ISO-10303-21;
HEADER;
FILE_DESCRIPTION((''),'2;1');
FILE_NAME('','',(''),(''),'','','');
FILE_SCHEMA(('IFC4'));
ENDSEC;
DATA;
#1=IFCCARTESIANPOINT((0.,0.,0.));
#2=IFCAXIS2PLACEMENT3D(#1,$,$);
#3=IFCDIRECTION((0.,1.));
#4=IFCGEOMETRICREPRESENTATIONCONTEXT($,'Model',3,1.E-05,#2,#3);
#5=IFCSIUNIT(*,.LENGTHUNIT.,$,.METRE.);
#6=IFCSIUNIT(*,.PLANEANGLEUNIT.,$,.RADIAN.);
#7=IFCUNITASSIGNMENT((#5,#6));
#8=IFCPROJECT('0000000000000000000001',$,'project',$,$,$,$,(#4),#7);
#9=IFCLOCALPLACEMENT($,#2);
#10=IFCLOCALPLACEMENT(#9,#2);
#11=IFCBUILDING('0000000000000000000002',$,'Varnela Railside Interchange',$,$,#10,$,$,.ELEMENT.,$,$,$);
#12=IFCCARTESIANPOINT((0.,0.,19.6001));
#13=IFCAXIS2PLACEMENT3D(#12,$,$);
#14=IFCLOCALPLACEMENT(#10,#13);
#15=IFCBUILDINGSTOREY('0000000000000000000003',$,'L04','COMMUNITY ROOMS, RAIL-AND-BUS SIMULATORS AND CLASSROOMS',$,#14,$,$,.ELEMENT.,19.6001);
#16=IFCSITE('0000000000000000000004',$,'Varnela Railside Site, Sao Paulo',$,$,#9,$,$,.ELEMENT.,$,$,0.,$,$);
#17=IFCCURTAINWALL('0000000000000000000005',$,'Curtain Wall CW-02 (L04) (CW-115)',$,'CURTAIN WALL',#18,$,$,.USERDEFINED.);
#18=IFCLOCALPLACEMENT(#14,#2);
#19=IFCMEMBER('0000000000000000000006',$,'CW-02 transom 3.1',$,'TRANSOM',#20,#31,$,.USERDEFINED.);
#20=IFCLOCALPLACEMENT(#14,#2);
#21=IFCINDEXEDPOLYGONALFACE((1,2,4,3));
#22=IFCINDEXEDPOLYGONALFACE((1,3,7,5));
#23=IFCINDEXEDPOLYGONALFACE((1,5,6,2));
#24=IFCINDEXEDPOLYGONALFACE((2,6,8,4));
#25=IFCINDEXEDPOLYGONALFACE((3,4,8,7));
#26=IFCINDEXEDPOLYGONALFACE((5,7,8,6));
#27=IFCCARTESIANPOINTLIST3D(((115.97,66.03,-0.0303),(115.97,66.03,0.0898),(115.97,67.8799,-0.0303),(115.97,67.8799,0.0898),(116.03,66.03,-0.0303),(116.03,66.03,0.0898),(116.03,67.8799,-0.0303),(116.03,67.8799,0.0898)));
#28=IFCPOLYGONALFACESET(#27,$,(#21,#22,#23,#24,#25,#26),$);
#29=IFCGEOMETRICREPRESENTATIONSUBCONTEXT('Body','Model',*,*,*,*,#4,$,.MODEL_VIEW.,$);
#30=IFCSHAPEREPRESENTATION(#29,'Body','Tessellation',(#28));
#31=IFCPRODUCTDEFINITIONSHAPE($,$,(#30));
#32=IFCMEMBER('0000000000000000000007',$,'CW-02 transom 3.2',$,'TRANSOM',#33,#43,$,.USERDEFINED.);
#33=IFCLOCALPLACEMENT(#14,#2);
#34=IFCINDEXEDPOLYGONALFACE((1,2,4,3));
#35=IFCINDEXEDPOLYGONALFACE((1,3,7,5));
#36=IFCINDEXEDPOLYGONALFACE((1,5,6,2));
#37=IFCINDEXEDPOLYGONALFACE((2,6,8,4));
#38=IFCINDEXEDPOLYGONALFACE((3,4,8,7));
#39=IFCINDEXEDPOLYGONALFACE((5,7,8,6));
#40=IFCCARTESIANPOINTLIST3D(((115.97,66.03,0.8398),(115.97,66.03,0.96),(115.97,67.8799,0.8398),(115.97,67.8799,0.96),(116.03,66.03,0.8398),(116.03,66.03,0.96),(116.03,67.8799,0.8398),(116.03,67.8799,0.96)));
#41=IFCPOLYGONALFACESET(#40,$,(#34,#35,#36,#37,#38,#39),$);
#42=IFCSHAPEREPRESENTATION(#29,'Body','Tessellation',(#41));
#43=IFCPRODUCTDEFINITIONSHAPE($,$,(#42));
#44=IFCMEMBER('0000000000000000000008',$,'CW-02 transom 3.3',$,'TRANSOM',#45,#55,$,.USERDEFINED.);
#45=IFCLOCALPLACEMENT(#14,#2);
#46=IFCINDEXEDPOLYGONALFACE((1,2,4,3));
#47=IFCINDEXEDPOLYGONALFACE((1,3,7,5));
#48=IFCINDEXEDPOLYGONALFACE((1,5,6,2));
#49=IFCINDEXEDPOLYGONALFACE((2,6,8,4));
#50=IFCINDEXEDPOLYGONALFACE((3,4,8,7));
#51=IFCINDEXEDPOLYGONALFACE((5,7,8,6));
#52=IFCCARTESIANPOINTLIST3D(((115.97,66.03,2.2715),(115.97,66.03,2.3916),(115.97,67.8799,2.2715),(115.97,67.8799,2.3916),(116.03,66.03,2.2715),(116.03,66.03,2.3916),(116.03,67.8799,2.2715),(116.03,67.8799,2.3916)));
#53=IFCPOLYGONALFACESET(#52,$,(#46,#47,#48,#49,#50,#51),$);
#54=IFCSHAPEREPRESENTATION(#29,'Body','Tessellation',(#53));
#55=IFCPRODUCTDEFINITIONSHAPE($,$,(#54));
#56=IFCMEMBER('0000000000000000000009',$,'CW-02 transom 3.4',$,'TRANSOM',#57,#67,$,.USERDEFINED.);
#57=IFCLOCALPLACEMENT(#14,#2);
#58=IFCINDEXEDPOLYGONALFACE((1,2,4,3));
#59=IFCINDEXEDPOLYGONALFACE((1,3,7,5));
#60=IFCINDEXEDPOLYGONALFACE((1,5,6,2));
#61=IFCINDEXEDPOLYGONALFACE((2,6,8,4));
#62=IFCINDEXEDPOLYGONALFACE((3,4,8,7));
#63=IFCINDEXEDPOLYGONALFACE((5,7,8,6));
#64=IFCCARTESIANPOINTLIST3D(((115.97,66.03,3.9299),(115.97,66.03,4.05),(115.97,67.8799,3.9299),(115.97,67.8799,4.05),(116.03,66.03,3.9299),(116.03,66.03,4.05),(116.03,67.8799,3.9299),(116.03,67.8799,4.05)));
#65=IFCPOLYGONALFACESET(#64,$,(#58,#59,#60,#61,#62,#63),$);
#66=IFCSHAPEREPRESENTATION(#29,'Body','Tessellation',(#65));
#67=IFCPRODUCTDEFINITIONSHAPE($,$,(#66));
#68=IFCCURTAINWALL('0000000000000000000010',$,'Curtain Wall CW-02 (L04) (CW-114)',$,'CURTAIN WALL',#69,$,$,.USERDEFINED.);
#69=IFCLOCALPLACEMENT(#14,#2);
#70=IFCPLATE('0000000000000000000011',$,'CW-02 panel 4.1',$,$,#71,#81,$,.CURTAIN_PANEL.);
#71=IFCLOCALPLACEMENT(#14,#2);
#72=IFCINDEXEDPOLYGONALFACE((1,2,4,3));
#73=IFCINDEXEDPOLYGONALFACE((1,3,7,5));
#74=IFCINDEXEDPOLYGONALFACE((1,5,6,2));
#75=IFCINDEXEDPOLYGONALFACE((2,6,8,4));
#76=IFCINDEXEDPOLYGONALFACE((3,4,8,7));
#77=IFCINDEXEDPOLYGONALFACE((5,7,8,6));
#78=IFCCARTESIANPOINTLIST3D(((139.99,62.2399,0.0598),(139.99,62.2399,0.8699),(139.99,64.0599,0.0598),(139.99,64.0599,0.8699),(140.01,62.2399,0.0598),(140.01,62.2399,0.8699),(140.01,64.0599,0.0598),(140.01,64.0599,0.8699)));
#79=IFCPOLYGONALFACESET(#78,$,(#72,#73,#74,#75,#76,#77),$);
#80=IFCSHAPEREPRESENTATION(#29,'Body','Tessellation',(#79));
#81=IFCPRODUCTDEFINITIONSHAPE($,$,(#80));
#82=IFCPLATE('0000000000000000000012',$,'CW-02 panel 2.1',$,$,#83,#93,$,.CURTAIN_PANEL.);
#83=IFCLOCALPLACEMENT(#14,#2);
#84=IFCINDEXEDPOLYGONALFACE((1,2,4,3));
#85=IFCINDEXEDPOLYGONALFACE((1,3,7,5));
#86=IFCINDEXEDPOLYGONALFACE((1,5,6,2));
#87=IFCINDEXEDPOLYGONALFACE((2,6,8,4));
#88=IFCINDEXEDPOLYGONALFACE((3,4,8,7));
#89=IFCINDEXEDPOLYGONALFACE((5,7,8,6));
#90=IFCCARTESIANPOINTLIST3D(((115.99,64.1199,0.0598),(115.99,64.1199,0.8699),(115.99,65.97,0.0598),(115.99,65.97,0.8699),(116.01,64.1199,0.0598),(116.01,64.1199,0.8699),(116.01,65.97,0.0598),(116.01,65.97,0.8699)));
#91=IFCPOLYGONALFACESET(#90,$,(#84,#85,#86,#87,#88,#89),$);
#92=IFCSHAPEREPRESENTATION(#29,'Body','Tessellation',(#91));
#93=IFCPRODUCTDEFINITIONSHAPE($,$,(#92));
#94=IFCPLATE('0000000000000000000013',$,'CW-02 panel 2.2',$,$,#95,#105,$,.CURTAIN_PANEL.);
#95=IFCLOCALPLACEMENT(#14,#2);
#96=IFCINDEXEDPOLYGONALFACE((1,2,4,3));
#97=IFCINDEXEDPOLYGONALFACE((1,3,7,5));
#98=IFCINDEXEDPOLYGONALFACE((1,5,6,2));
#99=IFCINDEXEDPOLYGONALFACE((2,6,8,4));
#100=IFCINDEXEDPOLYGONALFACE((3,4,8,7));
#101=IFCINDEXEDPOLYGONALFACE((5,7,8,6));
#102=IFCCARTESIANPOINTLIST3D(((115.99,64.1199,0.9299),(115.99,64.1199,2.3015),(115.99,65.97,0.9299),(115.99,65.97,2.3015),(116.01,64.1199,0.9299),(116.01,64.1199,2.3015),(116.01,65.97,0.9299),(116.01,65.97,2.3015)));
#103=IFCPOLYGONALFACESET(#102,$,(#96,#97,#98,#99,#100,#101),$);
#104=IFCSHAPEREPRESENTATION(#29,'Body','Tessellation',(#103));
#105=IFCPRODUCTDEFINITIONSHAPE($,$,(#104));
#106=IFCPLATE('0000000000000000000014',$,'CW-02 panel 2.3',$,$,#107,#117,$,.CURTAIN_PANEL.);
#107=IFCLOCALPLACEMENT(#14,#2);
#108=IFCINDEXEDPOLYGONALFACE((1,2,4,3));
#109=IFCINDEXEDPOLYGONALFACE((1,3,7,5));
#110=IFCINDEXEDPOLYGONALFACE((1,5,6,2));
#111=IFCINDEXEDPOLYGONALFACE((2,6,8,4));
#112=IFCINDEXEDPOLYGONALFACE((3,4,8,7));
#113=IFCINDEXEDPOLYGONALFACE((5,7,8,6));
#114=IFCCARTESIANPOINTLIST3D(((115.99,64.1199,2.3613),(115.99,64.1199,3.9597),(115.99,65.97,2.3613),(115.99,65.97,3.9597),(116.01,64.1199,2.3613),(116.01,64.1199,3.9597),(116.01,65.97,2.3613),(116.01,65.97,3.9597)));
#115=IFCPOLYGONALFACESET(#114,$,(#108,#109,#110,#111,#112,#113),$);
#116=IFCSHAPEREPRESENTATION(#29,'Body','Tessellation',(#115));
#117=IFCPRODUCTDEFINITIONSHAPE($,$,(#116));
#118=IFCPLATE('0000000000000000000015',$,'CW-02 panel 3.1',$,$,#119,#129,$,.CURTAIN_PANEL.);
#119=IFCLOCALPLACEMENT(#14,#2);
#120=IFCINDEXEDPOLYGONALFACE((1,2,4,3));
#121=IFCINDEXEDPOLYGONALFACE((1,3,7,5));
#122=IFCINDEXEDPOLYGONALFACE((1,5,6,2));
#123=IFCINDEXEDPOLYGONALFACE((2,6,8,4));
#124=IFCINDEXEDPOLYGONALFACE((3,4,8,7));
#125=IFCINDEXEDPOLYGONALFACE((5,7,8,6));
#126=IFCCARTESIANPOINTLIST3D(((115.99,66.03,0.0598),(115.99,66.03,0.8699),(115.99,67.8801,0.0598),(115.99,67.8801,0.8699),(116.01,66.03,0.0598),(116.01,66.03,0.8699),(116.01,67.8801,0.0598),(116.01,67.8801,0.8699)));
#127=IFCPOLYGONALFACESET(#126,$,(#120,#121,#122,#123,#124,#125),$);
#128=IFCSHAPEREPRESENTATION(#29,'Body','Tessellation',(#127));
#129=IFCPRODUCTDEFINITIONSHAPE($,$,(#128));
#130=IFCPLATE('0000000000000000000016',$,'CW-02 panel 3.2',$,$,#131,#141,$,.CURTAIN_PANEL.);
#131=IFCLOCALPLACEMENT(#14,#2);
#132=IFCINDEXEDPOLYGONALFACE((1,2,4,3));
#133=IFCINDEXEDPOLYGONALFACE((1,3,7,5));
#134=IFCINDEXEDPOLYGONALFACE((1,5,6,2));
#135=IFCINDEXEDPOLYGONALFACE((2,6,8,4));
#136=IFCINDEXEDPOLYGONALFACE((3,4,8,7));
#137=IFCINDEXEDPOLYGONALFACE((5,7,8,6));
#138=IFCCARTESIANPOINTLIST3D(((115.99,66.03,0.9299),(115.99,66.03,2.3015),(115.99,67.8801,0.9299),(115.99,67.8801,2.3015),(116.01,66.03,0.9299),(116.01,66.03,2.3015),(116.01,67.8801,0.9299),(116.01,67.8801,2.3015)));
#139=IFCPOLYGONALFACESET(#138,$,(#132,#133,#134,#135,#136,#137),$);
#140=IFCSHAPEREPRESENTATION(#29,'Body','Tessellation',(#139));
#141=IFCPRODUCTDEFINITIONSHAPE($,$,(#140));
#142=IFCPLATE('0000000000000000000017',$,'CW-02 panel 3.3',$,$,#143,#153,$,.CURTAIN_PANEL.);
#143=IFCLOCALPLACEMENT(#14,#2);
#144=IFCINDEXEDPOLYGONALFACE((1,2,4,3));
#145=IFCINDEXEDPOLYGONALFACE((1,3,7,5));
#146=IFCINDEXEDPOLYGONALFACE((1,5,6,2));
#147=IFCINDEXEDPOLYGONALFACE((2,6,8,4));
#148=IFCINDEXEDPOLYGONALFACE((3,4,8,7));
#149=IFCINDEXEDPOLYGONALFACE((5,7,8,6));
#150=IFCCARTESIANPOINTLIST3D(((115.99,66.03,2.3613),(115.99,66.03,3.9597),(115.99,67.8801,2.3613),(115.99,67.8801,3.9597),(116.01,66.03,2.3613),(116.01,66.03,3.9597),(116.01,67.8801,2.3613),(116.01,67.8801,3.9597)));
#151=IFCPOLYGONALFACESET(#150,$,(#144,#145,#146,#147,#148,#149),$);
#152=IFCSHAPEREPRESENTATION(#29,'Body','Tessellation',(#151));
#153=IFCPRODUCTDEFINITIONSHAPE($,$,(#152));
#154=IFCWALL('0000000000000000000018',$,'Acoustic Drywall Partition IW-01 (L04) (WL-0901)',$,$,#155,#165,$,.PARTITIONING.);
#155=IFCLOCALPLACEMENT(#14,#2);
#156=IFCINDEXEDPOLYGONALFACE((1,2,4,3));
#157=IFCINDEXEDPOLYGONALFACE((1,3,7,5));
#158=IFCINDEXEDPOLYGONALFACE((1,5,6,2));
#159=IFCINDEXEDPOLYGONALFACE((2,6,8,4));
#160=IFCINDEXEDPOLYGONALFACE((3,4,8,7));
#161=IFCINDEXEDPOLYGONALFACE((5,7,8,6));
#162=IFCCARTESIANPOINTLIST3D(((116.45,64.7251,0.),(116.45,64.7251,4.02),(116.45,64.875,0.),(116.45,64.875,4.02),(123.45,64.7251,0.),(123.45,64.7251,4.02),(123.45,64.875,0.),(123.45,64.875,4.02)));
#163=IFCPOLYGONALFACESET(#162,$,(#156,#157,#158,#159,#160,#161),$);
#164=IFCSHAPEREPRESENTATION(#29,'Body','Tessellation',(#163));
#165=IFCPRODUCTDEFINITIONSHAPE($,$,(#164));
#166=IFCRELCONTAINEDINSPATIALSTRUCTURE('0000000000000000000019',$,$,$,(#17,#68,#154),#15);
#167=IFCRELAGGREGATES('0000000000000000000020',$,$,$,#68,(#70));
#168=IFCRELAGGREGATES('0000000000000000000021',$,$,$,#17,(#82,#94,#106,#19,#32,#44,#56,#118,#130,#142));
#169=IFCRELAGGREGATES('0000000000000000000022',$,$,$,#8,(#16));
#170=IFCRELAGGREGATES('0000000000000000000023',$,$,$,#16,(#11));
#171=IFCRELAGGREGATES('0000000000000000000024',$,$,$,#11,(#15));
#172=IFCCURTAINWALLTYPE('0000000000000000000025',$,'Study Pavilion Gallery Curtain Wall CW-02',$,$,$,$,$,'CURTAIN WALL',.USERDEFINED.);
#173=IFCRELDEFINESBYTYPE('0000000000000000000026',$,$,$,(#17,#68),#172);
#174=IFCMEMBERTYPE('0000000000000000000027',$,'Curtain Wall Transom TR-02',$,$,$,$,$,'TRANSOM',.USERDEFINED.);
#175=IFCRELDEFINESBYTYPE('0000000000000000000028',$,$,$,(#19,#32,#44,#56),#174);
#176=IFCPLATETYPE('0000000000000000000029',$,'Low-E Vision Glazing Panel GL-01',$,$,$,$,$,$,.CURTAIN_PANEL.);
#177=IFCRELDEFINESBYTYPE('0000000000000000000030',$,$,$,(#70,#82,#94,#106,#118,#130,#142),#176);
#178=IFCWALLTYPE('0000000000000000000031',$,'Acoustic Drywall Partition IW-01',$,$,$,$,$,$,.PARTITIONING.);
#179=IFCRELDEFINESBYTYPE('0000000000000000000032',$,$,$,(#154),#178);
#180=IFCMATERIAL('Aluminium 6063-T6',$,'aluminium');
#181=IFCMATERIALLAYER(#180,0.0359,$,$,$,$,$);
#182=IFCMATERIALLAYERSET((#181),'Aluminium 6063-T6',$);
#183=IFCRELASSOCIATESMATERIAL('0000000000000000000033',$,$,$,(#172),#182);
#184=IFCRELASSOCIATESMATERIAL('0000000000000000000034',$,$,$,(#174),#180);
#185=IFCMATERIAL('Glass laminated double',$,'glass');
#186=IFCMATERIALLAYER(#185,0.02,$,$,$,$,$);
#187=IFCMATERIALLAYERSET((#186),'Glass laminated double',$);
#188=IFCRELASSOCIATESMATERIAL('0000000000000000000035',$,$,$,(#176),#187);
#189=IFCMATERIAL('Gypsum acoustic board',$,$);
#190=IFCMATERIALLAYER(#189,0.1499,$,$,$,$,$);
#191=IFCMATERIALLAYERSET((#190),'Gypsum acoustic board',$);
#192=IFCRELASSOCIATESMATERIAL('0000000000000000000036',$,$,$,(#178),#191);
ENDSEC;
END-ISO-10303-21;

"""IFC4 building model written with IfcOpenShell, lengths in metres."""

from ifc_helpers import new_model, si_unit, direction, frame, frame_2d, origin, origin_2d, place, context, subcontext, project, spatial, rectangle, extrude, material, layer, layer_set, material_profile, profile_set, type_object, element, aggregate, save


model = new_model("IFC4")

# Units and contexts
model_context = context("Model", 3, precision=1e-05, world=origin(), true_north=direction((0.0, 1.0)))
body_context = subcontext(model_context, "Body", "Model", "MODEL_VIEW")
ifc_project = project(units=[si_unit("LENGTHUNIT", "METRE"), si_unit("PLANEANGLEUNIT", "RADIAN")], contexts=[model_context])

# Site, building, storey
site_placement = place(None, origin())
site = spatial("IfcSite", under=ifc_project, at=site_placement, Name="Varnela Railside Site, Sao Paulo", CompositionType="ELEMENT", RefElevation=0.0)
building_placement = place(site_placement, origin())
building = spatial("IfcBuilding", under=site, at=building_placement, Name="Varnela Railside Interchange", CompositionType="ELEMENT")
storey_placement = place(building_placement, frame((0.0, 0.0, 19.6001)))
storey = spatial("IfcBuildingStorey", under=building, at=storey_placement, Name="L04", Description="COMMUNITY ROOMS, RAIL-AND-BUS SIMULATORS AND CLASSROOMS", CompositionType="ELEMENT", Elevation=19.6001)

# Curtain wall, members
ifc_material_1 = material(Name="Aluminium 6063-T6", Category="aluminium")
ifc_layer_1 = layer(ifc_material_1, 0.0359)
ifc_layer_set_1 = layer_set([ifc_layer_1], Name="Aluminium 6063-T6")
curtain_wall_type = type_object("IfcCurtainWallType", Name="Study Pavilion Gallery Curtain Wall CW-02", ElementType="CURTAIN WALL", PredefinedType="USERDEFINED", material=ifc_layer_set_1)
curtain_wall_1_placement = place(storey_placement, origin())
curtain_wall_1 = element("IfcCurtainWall", 1, at=curtain_wall_1_placement, inside=storey, type_object=curtain_wall_type, Name="Curtain Wall CW-02 (L04) (CW-115)", ObjectType="CURTAIN WALL", PredefinedType="USERDEFINED")
ifc_material_profile = material_profile(ifc_material_1, rectangle(XDim=0.0601, YDim=0.1201, at=origin_2d()), Name="ALU 60x120")
ifc_profile_set = profile_set([ifc_material_profile], Name="Aluminium 6063-T6")
member_type = type_object("IfcMemberType", Name="Curtain Wall Transom TR-02", ElementType="TRANSOM", PredefinedType="USERDEFINED", material=ifc_profile_set)
member_1_placement = place(storey_placement, frame((116.0, 66.03, 0.0298), z_axis=(0.0, 1.0, 0.0), x_axis=(-1.0, 0.0, 0.0)))
member_1 = element("IfcMember", 2, at=member_1_placement, type_object=member_type, Name="CW-02 transom 3.1", ObjectType="TRANSOM", PredefinedType="USERDEFINED", context=body_context, shape_type="SweptSolid", body=[
    extrude(rectangle(XDim=0.0601, YDim=0.1201, at=origin_2d()), origin(), (0.0, 0.0, 1.0), 1.8499),
])
member_2_placement = place(storey_placement, frame((116.0, 66.03, 0.8999), z_axis=(0.0, 1.0, 0.0), x_axis=(-1.0, 0.0, 0.0)))
member_2 = element("IfcMember", 3, at=member_2_placement, type_object=member_type, Name="CW-02 transom 3.2", ObjectType="TRANSOM", PredefinedType="USERDEFINED", context=body_context, shape_type="SweptSolid", body=[
    extrude(rectangle(XDim=0.0601, YDim=0.1201, at=origin_2d()), origin(), (0.0, 0.0, 1.0), 1.8499),
])
member_3_placement = place(storey_placement, frame((116.0, 66.03, 2.3315), z_axis=(0.0, 1.0, 0.0), x_axis=(-1.0, 0.0, 0.0)))
member_3 = element("IfcMember", 4, at=member_3_placement, type_object=member_type, Name="CW-02 transom 3.3", ObjectType="TRANSOM", PredefinedType="USERDEFINED", context=body_context, shape_type="SweptSolid", body=[
    extrude(rectangle(XDim=0.0601, YDim=0.1201, at=origin_2d()), origin(), (0.0, 0.0, 1.0), 1.8499),
])
member_4_placement = place(storey_placement, frame((116.0, 66.03, 3.99), z_axis=(0.0, 1.0, 0.0), x_axis=(-1.0, 0.0, 0.0)))
member_4 = element("IfcMember", 5, at=member_4_placement, type_object=member_type, Name="CW-02 transom 3.4", ObjectType="TRANSOM", PredefinedType="USERDEFINED", context=body_context, shape_type="SweptSolid", body=[
    extrude(rectangle(XDim=0.0601, YDim=0.1201, at=origin_2d()), origin(), (0.0, 0.0, 1.0), 1.8499),
])

# Curtain wall, plate
curtain_wall_2_placement = place(storey_placement, origin())
curtain_wall_2 = element("IfcCurtainWall", 6, at=curtain_wall_2_placement, inside=storey, type_object=curtain_wall_type, Name="Curtain Wall CW-02 (L04) (CW-114)", ObjectType="CURTAIN WALL", PredefinedType="USERDEFINED")
ifc_material_2 = material(Name="Glass laminated double", Category="glass")
ifc_layer_2 = layer(ifc_material_2, 0.02)
ifc_layer_set_2 = layer_set([ifc_layer_2], Name="Glass laminated double")
plate_type = type_object("IfcPlateType", Name="Low-E Vision Glazing Panel GL-01", PredefinedType="CURTAIN_PANEL", material=ifc_layer_set_2)
plate_1_placement = place(storey_placement, frame((140.0, 63.1499, 0.0598), z_axis=(0.0, 0.0, 1.0), x_axis=(0.0, -1.0, 0.0)))
plate_1 = element("IfcPlate", 7, at=plate_1_placement, type_object=plate_type, Name="CW-02 panel 4.1", PredefinedType="CURTAIN_PANEL", context=body_context, shape_type="SweptSolid", body=[
    extrude(rectangle(XDim=1.8201, YDim=0.02, at=origin_2d()), origin(), (0.0, 0.0, 1.0), 0.8101),
])
aggregate(curtain_wall_2, [plate_1])

# Plates
plate_2_placement = place(storey_placement, frame((116.0, 65.0449, 0.0598), z_axis=(0.0, 0.0, 1.0), x_axis=(0.0, 1.0, 0.0)))
plate_2 = element("IfcPlate", 8, at=plate_2_placement, type_object=plate_type, Name="CW-02 panel 2.1", PredefinedType="CURTAIN_PANEL", context=body_context, shape_type="SweptSolid", body=[
    extrude(rectangle(XDim=1.8501, YDim=0.02, at=origin_2d()), origin(), (0.0, 0.0, 1.0), 0.8101),
])
plate_3_placement = place(storey_placement, frame((116.0, 65.0449, 0.9299), z_axis=(0.0, 0.0, 1.0), x_axis=(0.0, 1.0, 0.0)))
plate_3 = element("IfcPlate", 9, at=plate_3_placement, type_object=plate_type, Name="CW-02 panel 2.2", PredefinedType="CURTAIN_PANEL", context=body_context, shape_type="SweptSolid", body=[
    extrude(rectangle(XDim=1.8501, YDim=0.02, at=origin_2d()), origin(), (0.0, 0.0, 1.0), 1.3716),
])
plate_4_placement = place(storey_placement, frame((116.0, 65.0449, 2.3613), z_axis=(0.0, 0.0, 1.0), x_axis=(0.0, 1.0, 0.0)))
plate_4 = element("IfcPlate", 10, at=plate_4_placement, type_object=plate_type, Name="CW-02 panel 2.3", PredefinedType="CURTAIN_PANEL", context=body_context, shape_type="SweptSolid", body=[
    extrude(rectangle(XDim=1.8501, YDim=0.02, at=origin_2d()), origin(), (0.0, 0.0, 1.0), 1.5984),
])
plate_5_placement = place(storey_placement, frame((116.0, 66.9551, 0.0598), z_axis=(0.0, 0.0, 1.0), x_axis=(0.0, 1.0, 0.0)))
plate_5 = element("IfcPlate", 11, at=plate_5_placement, type_object=plate_type, Name="CW-02 panel 3.1", PredefinedType="CURTAIN_PANEL", context=body_context, shape_type="SweptSolid", body=[
    extrude(rectangle(XDim=1.8501, YDim=0.02, at=origin_2d()), origin(), (0.0, 0.0, 1.0), 0.8101),
])
plate_6_placement = place(storey_placement, frame((116.0, 66.9551, 0.9299), z_axis=(0.0, 0.0, 1.0), x_axis=(0.0, 1.0, 0.0)))
plate_6 = element("IfcPlate", 12, at=plate_6_placement, type_object=plate_type, Name="CW-02 panel 3.2", PredefinedType="CURTAIN_PANEL", context=body_context, shape_type="SweptSolid", body=[
    extrude(rectangle(XDim=1.8501, YDim=0.02, at=origin_2d()), origin(), (0.0, 0.0, 1.0), 1.3716),
])
plate_7_placement = place(storey_placement, frame((116.0, 66.9551, 2.3613), z_axis=(0.0, 0.0, 1.0), x_axis=(0.0, 1.0, 0.0)))
plate_7 = element("IfcPlate", 13, at=plate_7_placement, type_object=plate_type, Name="CW-02 panel 3.3", PredefinedType="CURTAIN_PANEL", context=body_context, shape_type="SweptSolid", body=[
    extrude(rectangle(XDim=1.8501, YDim=0.02, at=origin_2d()), origin(), (0.0, 0.0, 1.0), 1.5984),
])
aggregate(curtain_wall_1, [plate_2, plate_3, plate_4, member_1, member_2, member_3, member_4, plate_5, plate_6, plate_7])

# Wall
ifc_material_3 = material(Name="Gypsum acoustic board")
ifc_layer_3 = layer(ifc_material_3, 0.1499)
ifc_layer_set_3 = layer_set([ifc_layer_3], Name="Gypsum acoustic board")
wall_type_1 = type_object("IfcWallType", Name="Acoustic Drywall Partition IW-01", PredefinedType="PARTITIONING", material=ifc_layer_set_3)
wall_1_placement = place(storey_placement, frame((116.45, 64.8, 0.0), z_axis=(0.0, 0.0, 1.0), x_axis=(1.0, 0.0, 0.0)))
element("IfcWall", 14, at=wall_1_placement, inside=storey, type_object=wall_type_1, Name="Acoustic Drywall Partition IW-01 (L04) (WL-0901)", PredefinedType="PARTITIONING", context=body_context, shape_type="SweptSolid", body=[
    extrude(rectangle(XDim=7.0, YDim=0.1499, at=frame_2d((3.5, 0.0))), origin(), (0.0, 0.0, 1.0), 4.02),
])

save(model, "model.ifc")
